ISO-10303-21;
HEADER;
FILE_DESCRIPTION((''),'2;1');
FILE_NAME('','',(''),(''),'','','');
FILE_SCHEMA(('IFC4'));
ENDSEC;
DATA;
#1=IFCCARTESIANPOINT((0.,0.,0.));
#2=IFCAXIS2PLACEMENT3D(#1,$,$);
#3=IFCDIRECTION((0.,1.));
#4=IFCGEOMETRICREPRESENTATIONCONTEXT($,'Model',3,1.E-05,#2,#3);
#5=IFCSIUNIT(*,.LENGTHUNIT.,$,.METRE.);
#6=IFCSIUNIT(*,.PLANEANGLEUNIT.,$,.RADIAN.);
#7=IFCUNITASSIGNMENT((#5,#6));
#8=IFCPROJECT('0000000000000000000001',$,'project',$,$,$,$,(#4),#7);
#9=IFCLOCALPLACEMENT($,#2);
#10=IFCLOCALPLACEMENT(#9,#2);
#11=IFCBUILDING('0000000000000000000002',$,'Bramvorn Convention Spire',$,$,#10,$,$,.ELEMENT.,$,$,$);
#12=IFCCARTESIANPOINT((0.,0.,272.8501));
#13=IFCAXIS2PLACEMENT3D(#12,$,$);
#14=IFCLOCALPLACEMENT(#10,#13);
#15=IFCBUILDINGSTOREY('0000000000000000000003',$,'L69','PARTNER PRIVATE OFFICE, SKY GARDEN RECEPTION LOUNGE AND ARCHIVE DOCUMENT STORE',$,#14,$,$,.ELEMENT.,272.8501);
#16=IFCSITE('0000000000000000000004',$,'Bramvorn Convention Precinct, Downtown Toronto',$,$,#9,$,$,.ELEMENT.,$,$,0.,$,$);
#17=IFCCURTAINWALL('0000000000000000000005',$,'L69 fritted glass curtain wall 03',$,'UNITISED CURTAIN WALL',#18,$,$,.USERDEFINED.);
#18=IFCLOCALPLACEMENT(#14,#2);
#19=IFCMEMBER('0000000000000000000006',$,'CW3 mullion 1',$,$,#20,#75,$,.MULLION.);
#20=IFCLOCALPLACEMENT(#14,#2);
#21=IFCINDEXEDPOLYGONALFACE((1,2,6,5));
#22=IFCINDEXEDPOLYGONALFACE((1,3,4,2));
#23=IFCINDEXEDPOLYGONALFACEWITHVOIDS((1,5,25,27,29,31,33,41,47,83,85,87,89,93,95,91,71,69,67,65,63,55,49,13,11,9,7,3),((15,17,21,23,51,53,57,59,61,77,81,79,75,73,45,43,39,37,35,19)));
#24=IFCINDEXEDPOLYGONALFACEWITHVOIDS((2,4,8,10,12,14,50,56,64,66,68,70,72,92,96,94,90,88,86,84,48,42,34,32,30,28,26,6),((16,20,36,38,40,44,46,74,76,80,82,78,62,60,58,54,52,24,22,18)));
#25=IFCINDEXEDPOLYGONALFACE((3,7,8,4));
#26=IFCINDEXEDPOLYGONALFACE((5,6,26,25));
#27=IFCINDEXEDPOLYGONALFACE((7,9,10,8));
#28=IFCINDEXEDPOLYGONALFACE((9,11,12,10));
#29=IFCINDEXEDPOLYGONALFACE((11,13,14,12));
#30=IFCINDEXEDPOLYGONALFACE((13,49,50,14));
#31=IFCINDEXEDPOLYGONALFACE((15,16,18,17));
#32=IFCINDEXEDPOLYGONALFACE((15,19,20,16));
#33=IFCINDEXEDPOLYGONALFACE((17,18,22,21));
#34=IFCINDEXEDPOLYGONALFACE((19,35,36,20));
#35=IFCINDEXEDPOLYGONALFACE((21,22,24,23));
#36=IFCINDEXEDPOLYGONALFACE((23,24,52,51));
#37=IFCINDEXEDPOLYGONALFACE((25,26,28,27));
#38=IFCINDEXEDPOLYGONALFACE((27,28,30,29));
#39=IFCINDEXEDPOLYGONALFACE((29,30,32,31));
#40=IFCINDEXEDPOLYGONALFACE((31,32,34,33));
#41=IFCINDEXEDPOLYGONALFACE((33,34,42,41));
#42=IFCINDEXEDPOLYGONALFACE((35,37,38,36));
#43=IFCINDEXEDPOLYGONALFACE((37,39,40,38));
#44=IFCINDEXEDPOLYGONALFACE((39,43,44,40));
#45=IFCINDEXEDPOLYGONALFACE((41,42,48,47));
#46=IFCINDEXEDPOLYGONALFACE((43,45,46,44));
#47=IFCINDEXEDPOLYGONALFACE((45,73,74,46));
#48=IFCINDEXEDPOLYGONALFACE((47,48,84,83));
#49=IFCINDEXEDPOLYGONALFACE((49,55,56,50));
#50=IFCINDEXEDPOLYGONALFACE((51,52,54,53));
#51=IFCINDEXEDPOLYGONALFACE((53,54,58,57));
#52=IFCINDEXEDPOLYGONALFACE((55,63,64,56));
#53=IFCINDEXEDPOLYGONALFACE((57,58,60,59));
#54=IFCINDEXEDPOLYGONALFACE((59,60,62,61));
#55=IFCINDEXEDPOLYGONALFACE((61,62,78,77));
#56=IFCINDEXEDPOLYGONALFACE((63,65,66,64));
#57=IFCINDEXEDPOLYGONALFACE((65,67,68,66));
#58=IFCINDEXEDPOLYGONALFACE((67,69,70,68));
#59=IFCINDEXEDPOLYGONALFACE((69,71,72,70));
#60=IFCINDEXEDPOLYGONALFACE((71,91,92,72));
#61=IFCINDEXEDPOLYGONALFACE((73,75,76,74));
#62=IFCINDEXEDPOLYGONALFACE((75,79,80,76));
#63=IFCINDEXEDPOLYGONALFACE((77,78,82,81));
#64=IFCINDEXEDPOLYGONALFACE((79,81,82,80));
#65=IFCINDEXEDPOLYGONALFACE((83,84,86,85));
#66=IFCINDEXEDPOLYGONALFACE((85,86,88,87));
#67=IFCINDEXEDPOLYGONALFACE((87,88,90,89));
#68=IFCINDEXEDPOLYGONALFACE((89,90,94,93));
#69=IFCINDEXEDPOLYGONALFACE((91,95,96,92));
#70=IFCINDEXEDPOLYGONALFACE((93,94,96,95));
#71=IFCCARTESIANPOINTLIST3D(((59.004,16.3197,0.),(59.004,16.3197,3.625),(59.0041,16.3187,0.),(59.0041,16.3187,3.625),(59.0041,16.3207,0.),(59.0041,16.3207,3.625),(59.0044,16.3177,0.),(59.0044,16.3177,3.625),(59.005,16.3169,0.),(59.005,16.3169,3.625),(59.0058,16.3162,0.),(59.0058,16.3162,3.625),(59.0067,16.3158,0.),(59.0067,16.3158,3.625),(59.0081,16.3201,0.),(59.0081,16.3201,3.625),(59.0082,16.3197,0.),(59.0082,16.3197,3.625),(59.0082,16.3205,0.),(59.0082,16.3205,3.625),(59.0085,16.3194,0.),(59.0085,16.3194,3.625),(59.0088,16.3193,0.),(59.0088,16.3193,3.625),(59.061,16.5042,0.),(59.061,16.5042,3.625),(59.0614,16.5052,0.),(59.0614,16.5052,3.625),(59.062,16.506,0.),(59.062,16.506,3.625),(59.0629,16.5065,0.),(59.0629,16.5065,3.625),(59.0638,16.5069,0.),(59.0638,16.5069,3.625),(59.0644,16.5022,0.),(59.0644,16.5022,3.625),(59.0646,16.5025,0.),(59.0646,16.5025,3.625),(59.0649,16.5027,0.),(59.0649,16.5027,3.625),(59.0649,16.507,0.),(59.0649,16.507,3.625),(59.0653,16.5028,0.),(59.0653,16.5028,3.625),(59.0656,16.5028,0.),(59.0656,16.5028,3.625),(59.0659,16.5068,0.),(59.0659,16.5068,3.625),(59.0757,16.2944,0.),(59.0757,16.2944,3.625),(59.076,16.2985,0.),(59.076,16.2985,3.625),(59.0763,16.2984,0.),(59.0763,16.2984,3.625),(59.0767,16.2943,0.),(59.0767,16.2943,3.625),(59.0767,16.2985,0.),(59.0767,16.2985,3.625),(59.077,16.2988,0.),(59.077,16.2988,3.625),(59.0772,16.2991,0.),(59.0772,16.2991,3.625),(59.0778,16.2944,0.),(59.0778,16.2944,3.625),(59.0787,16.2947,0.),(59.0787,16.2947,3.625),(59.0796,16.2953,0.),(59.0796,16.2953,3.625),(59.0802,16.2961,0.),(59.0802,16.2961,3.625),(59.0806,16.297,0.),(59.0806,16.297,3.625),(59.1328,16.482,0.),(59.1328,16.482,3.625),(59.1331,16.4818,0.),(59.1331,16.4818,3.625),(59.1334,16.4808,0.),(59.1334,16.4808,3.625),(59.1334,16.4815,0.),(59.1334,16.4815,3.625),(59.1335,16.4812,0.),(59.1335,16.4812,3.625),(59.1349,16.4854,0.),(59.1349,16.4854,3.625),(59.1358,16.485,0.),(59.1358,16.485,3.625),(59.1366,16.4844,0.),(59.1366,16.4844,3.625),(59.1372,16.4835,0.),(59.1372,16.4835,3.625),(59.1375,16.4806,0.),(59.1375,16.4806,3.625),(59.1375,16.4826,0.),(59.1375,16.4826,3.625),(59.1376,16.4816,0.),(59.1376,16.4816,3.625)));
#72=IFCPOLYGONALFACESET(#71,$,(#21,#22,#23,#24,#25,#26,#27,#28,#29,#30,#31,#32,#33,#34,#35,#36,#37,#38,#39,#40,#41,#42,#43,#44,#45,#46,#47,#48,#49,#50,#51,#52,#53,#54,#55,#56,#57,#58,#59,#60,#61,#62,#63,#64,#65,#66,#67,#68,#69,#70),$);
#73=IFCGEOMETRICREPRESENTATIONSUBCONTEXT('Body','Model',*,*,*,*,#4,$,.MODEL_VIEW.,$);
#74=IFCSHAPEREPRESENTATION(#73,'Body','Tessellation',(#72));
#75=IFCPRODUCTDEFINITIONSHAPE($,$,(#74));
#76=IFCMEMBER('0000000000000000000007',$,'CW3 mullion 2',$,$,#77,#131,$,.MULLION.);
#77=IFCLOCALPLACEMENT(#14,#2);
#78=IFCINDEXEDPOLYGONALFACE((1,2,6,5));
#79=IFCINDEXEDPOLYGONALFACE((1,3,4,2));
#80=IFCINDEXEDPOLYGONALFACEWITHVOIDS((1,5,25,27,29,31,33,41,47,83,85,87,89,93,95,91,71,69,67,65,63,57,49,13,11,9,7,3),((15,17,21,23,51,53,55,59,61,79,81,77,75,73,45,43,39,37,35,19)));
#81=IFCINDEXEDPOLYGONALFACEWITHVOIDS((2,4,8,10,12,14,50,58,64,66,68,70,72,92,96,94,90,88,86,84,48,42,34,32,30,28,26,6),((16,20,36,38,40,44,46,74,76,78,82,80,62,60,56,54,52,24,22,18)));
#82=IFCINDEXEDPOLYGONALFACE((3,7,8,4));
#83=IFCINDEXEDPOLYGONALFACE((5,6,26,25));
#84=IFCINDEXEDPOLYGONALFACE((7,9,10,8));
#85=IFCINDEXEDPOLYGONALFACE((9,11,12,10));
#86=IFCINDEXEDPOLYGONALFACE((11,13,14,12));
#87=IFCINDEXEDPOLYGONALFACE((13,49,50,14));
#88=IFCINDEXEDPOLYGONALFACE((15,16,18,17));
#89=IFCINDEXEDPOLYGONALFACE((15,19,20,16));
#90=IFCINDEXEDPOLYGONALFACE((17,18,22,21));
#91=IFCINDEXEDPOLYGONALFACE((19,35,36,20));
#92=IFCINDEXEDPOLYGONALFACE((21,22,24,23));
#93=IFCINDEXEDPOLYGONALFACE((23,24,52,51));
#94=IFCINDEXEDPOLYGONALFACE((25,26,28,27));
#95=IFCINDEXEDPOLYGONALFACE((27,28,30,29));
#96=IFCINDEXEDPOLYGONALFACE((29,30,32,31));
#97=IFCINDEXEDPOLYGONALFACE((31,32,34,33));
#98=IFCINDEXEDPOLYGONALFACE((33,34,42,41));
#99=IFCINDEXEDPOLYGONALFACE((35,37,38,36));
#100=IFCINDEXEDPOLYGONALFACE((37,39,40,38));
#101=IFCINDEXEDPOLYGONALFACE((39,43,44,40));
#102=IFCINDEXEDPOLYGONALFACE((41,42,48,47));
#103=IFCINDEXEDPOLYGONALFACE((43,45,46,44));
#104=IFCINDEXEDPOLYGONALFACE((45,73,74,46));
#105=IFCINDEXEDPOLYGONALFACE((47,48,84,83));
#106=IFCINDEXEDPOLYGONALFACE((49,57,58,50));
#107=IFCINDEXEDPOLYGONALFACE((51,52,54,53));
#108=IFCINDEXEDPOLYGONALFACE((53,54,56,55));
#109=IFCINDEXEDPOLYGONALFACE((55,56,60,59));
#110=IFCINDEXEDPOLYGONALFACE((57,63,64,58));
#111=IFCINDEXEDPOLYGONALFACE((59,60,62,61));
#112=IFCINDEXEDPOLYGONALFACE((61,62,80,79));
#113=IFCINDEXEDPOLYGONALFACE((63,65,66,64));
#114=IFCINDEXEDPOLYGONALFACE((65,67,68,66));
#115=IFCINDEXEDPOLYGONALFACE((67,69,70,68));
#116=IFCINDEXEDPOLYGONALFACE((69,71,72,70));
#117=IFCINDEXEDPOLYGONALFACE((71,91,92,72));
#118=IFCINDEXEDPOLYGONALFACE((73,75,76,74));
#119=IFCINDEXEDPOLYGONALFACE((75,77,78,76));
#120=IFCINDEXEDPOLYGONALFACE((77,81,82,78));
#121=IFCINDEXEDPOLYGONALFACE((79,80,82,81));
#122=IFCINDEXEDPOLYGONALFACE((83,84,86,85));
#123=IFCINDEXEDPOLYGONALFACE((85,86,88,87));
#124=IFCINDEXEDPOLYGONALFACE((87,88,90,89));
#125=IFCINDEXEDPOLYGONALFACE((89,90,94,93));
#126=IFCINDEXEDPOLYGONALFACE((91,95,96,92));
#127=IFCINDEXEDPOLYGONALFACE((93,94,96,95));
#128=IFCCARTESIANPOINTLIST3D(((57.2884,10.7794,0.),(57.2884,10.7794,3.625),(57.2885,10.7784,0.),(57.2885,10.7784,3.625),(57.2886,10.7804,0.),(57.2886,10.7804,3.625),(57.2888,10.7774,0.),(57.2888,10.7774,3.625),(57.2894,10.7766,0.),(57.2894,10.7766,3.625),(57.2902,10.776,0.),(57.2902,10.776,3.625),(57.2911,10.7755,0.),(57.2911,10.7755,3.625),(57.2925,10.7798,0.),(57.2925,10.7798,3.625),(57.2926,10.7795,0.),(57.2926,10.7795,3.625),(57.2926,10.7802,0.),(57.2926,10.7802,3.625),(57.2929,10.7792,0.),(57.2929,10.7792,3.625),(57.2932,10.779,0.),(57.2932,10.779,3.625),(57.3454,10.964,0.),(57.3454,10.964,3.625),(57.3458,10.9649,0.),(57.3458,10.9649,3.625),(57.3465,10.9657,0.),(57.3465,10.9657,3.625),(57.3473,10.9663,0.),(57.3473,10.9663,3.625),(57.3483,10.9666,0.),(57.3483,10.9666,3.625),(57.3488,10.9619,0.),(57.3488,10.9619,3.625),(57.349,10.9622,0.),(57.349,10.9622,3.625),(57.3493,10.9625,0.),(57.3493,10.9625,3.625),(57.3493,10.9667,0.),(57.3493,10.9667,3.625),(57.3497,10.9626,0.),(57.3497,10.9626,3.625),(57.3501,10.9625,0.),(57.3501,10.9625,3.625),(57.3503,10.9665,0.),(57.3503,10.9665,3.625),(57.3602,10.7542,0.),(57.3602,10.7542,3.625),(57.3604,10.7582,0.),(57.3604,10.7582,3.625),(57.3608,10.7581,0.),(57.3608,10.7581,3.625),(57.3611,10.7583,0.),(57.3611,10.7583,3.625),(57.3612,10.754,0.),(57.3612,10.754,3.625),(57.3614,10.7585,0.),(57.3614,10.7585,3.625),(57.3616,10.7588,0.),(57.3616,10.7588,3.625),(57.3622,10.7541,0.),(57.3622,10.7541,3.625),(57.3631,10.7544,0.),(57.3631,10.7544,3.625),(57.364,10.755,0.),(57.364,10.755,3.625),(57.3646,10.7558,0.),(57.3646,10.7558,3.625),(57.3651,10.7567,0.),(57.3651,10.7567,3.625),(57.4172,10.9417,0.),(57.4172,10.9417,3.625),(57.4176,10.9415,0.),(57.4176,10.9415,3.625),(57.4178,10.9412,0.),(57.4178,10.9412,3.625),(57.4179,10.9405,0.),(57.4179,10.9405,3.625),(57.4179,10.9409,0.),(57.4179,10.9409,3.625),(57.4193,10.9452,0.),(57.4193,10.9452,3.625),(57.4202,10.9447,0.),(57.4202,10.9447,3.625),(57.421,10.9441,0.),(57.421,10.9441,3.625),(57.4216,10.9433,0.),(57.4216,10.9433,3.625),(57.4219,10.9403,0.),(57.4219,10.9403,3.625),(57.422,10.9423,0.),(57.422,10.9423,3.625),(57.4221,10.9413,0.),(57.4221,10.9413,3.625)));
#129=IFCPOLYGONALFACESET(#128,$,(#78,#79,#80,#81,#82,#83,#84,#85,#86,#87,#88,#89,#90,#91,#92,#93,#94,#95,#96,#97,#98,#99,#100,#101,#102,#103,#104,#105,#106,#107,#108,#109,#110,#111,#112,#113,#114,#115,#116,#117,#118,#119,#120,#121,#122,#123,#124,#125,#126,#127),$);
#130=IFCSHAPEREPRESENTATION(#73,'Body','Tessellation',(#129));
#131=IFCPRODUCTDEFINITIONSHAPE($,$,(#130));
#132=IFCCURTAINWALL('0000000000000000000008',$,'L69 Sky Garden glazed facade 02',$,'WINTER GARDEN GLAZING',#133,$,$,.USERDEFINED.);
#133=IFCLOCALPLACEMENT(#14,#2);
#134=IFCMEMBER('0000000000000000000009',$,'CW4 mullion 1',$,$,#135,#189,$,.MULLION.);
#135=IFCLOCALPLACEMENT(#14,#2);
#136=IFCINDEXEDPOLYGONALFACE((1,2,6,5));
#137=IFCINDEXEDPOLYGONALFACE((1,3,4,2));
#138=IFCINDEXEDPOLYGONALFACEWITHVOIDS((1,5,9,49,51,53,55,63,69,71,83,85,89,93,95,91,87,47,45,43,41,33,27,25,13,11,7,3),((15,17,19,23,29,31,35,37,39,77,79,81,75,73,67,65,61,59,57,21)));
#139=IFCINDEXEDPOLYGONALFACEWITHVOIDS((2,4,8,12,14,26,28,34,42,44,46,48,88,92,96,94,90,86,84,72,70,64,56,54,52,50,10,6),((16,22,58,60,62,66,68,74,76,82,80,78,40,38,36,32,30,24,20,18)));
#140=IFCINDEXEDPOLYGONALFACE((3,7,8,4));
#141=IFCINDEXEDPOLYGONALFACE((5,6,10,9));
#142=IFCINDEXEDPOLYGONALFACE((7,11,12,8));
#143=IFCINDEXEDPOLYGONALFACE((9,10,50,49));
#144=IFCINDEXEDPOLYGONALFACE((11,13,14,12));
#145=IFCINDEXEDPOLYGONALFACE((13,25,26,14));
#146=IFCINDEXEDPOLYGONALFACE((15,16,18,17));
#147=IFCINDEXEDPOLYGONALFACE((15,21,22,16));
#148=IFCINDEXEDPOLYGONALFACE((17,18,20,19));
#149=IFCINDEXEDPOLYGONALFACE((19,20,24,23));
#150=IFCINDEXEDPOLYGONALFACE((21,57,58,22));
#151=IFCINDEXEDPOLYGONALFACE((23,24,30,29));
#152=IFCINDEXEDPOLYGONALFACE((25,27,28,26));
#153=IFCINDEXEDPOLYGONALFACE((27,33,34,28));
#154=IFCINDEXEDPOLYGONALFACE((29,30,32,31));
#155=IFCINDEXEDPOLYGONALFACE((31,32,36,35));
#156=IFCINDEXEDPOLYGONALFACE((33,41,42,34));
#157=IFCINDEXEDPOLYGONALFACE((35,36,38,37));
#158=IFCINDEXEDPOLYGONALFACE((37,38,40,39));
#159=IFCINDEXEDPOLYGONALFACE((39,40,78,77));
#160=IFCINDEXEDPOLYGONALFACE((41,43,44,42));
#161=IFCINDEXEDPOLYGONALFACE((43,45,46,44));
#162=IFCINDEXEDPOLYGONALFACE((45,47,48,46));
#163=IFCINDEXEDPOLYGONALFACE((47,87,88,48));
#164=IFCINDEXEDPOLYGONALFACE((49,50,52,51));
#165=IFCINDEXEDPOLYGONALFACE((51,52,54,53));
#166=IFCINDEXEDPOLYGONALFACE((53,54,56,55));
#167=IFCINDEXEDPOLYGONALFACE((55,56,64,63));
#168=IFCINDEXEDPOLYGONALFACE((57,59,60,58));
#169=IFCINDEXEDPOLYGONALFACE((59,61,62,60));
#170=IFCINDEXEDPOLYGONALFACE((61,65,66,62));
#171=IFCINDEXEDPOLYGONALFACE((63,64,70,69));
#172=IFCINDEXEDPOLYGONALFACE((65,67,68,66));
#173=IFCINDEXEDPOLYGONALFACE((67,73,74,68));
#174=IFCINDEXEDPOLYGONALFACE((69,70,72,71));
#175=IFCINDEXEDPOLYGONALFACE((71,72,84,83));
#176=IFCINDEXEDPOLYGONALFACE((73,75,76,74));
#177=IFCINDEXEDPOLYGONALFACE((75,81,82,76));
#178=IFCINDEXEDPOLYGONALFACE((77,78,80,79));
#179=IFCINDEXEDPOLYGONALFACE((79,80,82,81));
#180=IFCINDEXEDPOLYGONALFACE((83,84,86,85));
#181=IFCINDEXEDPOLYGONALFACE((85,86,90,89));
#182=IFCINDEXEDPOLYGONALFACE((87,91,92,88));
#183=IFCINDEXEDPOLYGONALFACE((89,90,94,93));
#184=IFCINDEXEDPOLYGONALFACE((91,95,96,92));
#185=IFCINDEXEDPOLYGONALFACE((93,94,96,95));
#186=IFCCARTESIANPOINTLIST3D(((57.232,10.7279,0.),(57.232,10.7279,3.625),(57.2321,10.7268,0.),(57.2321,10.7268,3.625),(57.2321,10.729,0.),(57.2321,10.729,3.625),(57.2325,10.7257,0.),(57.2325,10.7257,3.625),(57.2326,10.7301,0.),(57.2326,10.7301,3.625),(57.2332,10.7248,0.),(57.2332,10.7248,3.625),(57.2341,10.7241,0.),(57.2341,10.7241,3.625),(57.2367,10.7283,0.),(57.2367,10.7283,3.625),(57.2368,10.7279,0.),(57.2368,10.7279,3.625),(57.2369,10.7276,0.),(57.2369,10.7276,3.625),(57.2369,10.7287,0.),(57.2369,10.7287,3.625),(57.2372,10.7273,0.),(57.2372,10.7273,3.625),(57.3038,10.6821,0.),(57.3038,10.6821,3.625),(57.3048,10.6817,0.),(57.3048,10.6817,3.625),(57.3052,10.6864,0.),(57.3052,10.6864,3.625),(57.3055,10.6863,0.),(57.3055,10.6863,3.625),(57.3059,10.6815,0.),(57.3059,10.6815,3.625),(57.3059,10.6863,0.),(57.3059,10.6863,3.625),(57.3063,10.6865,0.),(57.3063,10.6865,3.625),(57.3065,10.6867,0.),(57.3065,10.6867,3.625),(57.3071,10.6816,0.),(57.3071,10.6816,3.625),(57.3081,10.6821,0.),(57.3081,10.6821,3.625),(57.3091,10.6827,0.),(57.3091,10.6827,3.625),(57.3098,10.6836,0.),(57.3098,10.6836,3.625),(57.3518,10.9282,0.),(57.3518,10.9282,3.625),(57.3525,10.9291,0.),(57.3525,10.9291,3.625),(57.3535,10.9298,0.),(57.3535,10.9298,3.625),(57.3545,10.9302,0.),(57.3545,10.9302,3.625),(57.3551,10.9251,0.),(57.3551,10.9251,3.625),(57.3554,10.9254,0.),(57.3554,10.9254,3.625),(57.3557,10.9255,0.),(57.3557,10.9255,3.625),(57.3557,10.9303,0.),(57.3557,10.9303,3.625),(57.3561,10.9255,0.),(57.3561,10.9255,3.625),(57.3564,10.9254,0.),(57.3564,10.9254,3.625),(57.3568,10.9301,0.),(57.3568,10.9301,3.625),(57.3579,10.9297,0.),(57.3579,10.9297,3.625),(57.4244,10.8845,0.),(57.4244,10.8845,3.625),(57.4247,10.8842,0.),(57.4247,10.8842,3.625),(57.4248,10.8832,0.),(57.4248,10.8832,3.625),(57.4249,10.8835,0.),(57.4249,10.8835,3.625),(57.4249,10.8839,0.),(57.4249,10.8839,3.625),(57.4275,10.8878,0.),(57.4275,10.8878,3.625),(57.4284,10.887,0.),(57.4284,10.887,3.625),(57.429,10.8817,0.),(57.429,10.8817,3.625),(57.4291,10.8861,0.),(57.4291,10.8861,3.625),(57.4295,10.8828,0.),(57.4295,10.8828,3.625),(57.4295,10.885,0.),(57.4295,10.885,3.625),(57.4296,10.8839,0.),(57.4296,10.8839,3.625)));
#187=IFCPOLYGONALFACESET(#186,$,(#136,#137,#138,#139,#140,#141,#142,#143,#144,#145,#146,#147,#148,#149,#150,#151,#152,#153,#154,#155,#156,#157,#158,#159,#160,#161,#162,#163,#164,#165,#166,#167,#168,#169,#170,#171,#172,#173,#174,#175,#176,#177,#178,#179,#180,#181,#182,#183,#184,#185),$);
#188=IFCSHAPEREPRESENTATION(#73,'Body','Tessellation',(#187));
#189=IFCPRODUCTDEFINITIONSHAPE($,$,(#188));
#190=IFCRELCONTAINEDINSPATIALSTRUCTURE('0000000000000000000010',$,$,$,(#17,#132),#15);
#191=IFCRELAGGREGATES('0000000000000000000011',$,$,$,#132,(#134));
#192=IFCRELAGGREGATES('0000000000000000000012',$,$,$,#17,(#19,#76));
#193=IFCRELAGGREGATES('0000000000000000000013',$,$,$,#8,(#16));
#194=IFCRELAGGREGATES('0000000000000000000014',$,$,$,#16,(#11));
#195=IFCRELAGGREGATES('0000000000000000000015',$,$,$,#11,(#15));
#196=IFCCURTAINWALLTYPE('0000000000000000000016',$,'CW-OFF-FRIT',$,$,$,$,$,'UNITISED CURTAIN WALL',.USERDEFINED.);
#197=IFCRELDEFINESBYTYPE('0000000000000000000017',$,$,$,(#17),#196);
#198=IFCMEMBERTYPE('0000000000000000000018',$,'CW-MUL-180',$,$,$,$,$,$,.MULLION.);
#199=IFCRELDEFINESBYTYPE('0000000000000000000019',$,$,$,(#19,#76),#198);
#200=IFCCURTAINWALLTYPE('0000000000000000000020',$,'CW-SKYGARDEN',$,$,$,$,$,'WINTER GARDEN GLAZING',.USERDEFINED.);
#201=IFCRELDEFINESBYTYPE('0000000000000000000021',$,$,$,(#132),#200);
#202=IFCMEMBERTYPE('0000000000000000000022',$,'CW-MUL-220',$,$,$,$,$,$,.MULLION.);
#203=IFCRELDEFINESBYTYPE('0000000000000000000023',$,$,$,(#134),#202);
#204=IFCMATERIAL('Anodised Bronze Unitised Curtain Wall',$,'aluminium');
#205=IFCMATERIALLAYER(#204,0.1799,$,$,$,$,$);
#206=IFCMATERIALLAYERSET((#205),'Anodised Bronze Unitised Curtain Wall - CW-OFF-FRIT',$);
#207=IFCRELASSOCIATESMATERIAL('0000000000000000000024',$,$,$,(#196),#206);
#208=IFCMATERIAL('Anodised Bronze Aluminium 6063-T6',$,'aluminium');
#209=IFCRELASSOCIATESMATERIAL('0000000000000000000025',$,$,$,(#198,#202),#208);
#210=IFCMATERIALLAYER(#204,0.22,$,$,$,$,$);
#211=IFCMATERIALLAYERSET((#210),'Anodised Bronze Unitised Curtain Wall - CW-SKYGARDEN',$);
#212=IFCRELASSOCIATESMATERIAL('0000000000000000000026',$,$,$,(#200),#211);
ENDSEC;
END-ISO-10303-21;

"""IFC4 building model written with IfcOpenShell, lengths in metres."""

from ifc_helpers import new_model, si_unit, direction, frame, origin, origin_2d, place, context, subcontext, project, spatial, hollow_rectangle, extrude, material, layer, layer_set, material_profile, profile_set, type_object, element, aggregate, save


model = new_model("IFC4")

# Units and contexts
model_context = context("Model", 3, precision=1e-05, world=origin(), true_north=direction((0.0, 1.0)))
body_context = subcontext(model_context, "Body", "Model", "MODEL_VIEW")
ifc_project = project(units=[si_unit("LENGTHUNIT", "METRE"), si_unit("PLANEANGLEUNIT", "RADIAN")], contexts=[model_context])

# Site, building, storey
site_placement = place(None, origin())
site = spatial("IfcSite", under=ifc_project, at=site_placement, Name="Bramvorn Convention Precinct, Downtown Toronto", CompositionType="ELEMENT", RefElevation=0.0)
building_placement = place(site_placement, origin())
building = spatial("IfcBuilding", under=site, at=building_placement, Name="Bramvorn Convention Spire", CompositionType="ELEMENT")
storey_placement = place(building_placement, frame((0.0, 0.0, 272.8501)))
storey = spatial("IfcBuildingStorey", under=building, at=storey_placement, Name="L69", Description="PARTNER PRIVATE OFFICE, SKY GARDEN RECEPTION LOUNGE AND ARCHIVE DOCUMENT STORE", CompositionType="ELEMENT", Elevation=272.8501)

# Curtain wall, members
ifc_material_1 = material(Name="Anodised Bronze Unitised Curtain Wall", Category="aluminium")
ifc_layer_1 = layer(ifc_material_1, 0.1799)
ifc_layer_set_1 = layer_set([ifc_layer_1], Name="Anodised Bronze Unitised Curtain Wall - CW-OFF-FRIT")
curtain_wall_type_1 = type_object("IfcCurtainWallType", Name="CW-OFF-FRIT", ElementType="UNITISED CURTAIN WALL", PredefinedType="USERDEFINED", material=ifc_layer_set_1)
curtain_wall_1_placement = place(storey_placement, origin())
curtain_wall_1 = element("IfcCurtainWall", 1, at=curtain_wall_1_placement, inside=storey, type_object=curtain_wall_type_1, Name="L69 fritted glass curtain wall 03", ObjectType="UNITISED CURTAIN WALL", PredefinedType="USERDEFINED")
ifc_material_2 = material(Name="Anodised Bronze Aluminium 6063-T6", Category="aluminium")
ifc_material_profile_1 = material_profile(ifc_material_2, hollow_rectangle(XDim=0.0801, YDim=0.2, WallThickness=0.0039, InnerFilletRadius=0.001, OuterFilletRadius=0.0039, at=origin_2d()))
ifc_profile_set_1 = profile_set([ifc_material_profile_1], Name="Anodised Bronze Aluminium 6063-T6 - CWM80X200")
member_type_1 = type_object("IfcMemberType", Name="CW-MUL-180", PredefinedType="MULLION", material=ifc_profile_set_1)
member_1_placement = place(storey_placement, frame((59.0708, 16.4006, 0.0), z_axis=(0.0, 0.0, 1.0), x_axis=(0.955248, -0.295805, 0.0)))
member_1 = element("IfcMember", 2, at=member_1_placement, type_object=member_type_1, Name="CW3 mullion 1", PredefinedType="MULLION", context=body_context, shape_type="SweptSolid", body=[
    extrude(hollow_rectangle(XDim=0.0801, YDim=0.2, WallThickness=0.0039, InnerFilletRadius=0.001, OuterFilletRadius=0.0039, at=origin_2d()), origin(), (0.0, 0.0, 1.0), 3.625),
])
member_2_placement = place(storey_placement, frame((57.3552, 10.8604, 0.0), z_axis=(0.0, 0.0, 1.0), x_axis=(0.955248, -0.295805, 0.0)))
member_2 = element("IfcMember", 3, at=member_2_placement, type_object=member_type_1, Name="CW3 mullion 2", PredefinedType="MULLION", context=body_context, shape_type="SweptSolid", body=[
    extrude(hollow_rectangle(XDim=0.0801, YDim=0.2, WallThickness=0.0039, InnerFilletRadius=0.001, OuterFilletRadius=0.0039, at=origin_2d()), origin(), (0.0, 0.0, 1.0), 3.625),
])

# Curtain wall, member
ifc_layer_2 = layer(ifc_material_1, 0.22)
ifc_layer_set_2 = layer_set([ifc_layer_2], Name="Anodised Bronze Unitised Curtain Wall - CW-SKYGARDEN")
curtain_wall_type_2 = type_object("IfcCurtainWallType", Name="CW-SKYGARDEN", ElementType="WINTER GARDEN GLAZING", PredefinedType="USERDEFINED", material=ifc_layer_set_2)
curtain_wall_2_placement = place(storey_placement, origin())
curtain_wall_2 = element("IfcCurtainWall", 4, at=curtain_wall_2_placement, inside=storey, type_object=curtain_wall_type_2, Name="L69 Sky Garden glazed facade 02", ObjectType="WINTER GARDEN GLAZING", PredefinedType="USERDEFINED")
ifc_material_profile_2 = material_profile(ifc_material_2, hollow_rectangle(XDim=0.0901, YDim=0.24, WallThickness=0.0044, InnerFilletRadius=0.001, OuterFilletRadius=0.0044, at=origin_2d()))
ifc_profile_set_2 = profile_set([ifc_material_profile_2], Name="Anodised Bronze Aluminium 6063-T6 - CWM90X240")
member_type_2 = type_object("IfcMemberType", Name="CW-MUL-220", PredefinedType="MULLION", material=ifc_profile_set_2)
member_3_placement = place(storey_placement, frame((57.3308, 10.8059, 0.0), z_axis=(0.0, 0.0, 1.0), x_axis=(0.856763, -0.51571, 0.0)))
member_3 = element("IfcMember", 5, at=member_3_placement, type_object=member_type_2, Name="CW4 mullion 1", PredefinedType="MULLION", context=body_context, shape_type="SweptSolid", body=[
    extrude(hollow_rectangle(XDim=0.0901, YDim=0.24, WallThickness=0.0044, InnerFilletRadius=0.001, OuterFilletRadius=0.0044, at=origin_2d()), origin(), (0.0, 0.0, 1.0), 3.625),
])

aggregate(curtain_wall_2, [member_3])

aggregate(curtain_wall_1, [member_1, member_2])

save(model, "model.ifc")
